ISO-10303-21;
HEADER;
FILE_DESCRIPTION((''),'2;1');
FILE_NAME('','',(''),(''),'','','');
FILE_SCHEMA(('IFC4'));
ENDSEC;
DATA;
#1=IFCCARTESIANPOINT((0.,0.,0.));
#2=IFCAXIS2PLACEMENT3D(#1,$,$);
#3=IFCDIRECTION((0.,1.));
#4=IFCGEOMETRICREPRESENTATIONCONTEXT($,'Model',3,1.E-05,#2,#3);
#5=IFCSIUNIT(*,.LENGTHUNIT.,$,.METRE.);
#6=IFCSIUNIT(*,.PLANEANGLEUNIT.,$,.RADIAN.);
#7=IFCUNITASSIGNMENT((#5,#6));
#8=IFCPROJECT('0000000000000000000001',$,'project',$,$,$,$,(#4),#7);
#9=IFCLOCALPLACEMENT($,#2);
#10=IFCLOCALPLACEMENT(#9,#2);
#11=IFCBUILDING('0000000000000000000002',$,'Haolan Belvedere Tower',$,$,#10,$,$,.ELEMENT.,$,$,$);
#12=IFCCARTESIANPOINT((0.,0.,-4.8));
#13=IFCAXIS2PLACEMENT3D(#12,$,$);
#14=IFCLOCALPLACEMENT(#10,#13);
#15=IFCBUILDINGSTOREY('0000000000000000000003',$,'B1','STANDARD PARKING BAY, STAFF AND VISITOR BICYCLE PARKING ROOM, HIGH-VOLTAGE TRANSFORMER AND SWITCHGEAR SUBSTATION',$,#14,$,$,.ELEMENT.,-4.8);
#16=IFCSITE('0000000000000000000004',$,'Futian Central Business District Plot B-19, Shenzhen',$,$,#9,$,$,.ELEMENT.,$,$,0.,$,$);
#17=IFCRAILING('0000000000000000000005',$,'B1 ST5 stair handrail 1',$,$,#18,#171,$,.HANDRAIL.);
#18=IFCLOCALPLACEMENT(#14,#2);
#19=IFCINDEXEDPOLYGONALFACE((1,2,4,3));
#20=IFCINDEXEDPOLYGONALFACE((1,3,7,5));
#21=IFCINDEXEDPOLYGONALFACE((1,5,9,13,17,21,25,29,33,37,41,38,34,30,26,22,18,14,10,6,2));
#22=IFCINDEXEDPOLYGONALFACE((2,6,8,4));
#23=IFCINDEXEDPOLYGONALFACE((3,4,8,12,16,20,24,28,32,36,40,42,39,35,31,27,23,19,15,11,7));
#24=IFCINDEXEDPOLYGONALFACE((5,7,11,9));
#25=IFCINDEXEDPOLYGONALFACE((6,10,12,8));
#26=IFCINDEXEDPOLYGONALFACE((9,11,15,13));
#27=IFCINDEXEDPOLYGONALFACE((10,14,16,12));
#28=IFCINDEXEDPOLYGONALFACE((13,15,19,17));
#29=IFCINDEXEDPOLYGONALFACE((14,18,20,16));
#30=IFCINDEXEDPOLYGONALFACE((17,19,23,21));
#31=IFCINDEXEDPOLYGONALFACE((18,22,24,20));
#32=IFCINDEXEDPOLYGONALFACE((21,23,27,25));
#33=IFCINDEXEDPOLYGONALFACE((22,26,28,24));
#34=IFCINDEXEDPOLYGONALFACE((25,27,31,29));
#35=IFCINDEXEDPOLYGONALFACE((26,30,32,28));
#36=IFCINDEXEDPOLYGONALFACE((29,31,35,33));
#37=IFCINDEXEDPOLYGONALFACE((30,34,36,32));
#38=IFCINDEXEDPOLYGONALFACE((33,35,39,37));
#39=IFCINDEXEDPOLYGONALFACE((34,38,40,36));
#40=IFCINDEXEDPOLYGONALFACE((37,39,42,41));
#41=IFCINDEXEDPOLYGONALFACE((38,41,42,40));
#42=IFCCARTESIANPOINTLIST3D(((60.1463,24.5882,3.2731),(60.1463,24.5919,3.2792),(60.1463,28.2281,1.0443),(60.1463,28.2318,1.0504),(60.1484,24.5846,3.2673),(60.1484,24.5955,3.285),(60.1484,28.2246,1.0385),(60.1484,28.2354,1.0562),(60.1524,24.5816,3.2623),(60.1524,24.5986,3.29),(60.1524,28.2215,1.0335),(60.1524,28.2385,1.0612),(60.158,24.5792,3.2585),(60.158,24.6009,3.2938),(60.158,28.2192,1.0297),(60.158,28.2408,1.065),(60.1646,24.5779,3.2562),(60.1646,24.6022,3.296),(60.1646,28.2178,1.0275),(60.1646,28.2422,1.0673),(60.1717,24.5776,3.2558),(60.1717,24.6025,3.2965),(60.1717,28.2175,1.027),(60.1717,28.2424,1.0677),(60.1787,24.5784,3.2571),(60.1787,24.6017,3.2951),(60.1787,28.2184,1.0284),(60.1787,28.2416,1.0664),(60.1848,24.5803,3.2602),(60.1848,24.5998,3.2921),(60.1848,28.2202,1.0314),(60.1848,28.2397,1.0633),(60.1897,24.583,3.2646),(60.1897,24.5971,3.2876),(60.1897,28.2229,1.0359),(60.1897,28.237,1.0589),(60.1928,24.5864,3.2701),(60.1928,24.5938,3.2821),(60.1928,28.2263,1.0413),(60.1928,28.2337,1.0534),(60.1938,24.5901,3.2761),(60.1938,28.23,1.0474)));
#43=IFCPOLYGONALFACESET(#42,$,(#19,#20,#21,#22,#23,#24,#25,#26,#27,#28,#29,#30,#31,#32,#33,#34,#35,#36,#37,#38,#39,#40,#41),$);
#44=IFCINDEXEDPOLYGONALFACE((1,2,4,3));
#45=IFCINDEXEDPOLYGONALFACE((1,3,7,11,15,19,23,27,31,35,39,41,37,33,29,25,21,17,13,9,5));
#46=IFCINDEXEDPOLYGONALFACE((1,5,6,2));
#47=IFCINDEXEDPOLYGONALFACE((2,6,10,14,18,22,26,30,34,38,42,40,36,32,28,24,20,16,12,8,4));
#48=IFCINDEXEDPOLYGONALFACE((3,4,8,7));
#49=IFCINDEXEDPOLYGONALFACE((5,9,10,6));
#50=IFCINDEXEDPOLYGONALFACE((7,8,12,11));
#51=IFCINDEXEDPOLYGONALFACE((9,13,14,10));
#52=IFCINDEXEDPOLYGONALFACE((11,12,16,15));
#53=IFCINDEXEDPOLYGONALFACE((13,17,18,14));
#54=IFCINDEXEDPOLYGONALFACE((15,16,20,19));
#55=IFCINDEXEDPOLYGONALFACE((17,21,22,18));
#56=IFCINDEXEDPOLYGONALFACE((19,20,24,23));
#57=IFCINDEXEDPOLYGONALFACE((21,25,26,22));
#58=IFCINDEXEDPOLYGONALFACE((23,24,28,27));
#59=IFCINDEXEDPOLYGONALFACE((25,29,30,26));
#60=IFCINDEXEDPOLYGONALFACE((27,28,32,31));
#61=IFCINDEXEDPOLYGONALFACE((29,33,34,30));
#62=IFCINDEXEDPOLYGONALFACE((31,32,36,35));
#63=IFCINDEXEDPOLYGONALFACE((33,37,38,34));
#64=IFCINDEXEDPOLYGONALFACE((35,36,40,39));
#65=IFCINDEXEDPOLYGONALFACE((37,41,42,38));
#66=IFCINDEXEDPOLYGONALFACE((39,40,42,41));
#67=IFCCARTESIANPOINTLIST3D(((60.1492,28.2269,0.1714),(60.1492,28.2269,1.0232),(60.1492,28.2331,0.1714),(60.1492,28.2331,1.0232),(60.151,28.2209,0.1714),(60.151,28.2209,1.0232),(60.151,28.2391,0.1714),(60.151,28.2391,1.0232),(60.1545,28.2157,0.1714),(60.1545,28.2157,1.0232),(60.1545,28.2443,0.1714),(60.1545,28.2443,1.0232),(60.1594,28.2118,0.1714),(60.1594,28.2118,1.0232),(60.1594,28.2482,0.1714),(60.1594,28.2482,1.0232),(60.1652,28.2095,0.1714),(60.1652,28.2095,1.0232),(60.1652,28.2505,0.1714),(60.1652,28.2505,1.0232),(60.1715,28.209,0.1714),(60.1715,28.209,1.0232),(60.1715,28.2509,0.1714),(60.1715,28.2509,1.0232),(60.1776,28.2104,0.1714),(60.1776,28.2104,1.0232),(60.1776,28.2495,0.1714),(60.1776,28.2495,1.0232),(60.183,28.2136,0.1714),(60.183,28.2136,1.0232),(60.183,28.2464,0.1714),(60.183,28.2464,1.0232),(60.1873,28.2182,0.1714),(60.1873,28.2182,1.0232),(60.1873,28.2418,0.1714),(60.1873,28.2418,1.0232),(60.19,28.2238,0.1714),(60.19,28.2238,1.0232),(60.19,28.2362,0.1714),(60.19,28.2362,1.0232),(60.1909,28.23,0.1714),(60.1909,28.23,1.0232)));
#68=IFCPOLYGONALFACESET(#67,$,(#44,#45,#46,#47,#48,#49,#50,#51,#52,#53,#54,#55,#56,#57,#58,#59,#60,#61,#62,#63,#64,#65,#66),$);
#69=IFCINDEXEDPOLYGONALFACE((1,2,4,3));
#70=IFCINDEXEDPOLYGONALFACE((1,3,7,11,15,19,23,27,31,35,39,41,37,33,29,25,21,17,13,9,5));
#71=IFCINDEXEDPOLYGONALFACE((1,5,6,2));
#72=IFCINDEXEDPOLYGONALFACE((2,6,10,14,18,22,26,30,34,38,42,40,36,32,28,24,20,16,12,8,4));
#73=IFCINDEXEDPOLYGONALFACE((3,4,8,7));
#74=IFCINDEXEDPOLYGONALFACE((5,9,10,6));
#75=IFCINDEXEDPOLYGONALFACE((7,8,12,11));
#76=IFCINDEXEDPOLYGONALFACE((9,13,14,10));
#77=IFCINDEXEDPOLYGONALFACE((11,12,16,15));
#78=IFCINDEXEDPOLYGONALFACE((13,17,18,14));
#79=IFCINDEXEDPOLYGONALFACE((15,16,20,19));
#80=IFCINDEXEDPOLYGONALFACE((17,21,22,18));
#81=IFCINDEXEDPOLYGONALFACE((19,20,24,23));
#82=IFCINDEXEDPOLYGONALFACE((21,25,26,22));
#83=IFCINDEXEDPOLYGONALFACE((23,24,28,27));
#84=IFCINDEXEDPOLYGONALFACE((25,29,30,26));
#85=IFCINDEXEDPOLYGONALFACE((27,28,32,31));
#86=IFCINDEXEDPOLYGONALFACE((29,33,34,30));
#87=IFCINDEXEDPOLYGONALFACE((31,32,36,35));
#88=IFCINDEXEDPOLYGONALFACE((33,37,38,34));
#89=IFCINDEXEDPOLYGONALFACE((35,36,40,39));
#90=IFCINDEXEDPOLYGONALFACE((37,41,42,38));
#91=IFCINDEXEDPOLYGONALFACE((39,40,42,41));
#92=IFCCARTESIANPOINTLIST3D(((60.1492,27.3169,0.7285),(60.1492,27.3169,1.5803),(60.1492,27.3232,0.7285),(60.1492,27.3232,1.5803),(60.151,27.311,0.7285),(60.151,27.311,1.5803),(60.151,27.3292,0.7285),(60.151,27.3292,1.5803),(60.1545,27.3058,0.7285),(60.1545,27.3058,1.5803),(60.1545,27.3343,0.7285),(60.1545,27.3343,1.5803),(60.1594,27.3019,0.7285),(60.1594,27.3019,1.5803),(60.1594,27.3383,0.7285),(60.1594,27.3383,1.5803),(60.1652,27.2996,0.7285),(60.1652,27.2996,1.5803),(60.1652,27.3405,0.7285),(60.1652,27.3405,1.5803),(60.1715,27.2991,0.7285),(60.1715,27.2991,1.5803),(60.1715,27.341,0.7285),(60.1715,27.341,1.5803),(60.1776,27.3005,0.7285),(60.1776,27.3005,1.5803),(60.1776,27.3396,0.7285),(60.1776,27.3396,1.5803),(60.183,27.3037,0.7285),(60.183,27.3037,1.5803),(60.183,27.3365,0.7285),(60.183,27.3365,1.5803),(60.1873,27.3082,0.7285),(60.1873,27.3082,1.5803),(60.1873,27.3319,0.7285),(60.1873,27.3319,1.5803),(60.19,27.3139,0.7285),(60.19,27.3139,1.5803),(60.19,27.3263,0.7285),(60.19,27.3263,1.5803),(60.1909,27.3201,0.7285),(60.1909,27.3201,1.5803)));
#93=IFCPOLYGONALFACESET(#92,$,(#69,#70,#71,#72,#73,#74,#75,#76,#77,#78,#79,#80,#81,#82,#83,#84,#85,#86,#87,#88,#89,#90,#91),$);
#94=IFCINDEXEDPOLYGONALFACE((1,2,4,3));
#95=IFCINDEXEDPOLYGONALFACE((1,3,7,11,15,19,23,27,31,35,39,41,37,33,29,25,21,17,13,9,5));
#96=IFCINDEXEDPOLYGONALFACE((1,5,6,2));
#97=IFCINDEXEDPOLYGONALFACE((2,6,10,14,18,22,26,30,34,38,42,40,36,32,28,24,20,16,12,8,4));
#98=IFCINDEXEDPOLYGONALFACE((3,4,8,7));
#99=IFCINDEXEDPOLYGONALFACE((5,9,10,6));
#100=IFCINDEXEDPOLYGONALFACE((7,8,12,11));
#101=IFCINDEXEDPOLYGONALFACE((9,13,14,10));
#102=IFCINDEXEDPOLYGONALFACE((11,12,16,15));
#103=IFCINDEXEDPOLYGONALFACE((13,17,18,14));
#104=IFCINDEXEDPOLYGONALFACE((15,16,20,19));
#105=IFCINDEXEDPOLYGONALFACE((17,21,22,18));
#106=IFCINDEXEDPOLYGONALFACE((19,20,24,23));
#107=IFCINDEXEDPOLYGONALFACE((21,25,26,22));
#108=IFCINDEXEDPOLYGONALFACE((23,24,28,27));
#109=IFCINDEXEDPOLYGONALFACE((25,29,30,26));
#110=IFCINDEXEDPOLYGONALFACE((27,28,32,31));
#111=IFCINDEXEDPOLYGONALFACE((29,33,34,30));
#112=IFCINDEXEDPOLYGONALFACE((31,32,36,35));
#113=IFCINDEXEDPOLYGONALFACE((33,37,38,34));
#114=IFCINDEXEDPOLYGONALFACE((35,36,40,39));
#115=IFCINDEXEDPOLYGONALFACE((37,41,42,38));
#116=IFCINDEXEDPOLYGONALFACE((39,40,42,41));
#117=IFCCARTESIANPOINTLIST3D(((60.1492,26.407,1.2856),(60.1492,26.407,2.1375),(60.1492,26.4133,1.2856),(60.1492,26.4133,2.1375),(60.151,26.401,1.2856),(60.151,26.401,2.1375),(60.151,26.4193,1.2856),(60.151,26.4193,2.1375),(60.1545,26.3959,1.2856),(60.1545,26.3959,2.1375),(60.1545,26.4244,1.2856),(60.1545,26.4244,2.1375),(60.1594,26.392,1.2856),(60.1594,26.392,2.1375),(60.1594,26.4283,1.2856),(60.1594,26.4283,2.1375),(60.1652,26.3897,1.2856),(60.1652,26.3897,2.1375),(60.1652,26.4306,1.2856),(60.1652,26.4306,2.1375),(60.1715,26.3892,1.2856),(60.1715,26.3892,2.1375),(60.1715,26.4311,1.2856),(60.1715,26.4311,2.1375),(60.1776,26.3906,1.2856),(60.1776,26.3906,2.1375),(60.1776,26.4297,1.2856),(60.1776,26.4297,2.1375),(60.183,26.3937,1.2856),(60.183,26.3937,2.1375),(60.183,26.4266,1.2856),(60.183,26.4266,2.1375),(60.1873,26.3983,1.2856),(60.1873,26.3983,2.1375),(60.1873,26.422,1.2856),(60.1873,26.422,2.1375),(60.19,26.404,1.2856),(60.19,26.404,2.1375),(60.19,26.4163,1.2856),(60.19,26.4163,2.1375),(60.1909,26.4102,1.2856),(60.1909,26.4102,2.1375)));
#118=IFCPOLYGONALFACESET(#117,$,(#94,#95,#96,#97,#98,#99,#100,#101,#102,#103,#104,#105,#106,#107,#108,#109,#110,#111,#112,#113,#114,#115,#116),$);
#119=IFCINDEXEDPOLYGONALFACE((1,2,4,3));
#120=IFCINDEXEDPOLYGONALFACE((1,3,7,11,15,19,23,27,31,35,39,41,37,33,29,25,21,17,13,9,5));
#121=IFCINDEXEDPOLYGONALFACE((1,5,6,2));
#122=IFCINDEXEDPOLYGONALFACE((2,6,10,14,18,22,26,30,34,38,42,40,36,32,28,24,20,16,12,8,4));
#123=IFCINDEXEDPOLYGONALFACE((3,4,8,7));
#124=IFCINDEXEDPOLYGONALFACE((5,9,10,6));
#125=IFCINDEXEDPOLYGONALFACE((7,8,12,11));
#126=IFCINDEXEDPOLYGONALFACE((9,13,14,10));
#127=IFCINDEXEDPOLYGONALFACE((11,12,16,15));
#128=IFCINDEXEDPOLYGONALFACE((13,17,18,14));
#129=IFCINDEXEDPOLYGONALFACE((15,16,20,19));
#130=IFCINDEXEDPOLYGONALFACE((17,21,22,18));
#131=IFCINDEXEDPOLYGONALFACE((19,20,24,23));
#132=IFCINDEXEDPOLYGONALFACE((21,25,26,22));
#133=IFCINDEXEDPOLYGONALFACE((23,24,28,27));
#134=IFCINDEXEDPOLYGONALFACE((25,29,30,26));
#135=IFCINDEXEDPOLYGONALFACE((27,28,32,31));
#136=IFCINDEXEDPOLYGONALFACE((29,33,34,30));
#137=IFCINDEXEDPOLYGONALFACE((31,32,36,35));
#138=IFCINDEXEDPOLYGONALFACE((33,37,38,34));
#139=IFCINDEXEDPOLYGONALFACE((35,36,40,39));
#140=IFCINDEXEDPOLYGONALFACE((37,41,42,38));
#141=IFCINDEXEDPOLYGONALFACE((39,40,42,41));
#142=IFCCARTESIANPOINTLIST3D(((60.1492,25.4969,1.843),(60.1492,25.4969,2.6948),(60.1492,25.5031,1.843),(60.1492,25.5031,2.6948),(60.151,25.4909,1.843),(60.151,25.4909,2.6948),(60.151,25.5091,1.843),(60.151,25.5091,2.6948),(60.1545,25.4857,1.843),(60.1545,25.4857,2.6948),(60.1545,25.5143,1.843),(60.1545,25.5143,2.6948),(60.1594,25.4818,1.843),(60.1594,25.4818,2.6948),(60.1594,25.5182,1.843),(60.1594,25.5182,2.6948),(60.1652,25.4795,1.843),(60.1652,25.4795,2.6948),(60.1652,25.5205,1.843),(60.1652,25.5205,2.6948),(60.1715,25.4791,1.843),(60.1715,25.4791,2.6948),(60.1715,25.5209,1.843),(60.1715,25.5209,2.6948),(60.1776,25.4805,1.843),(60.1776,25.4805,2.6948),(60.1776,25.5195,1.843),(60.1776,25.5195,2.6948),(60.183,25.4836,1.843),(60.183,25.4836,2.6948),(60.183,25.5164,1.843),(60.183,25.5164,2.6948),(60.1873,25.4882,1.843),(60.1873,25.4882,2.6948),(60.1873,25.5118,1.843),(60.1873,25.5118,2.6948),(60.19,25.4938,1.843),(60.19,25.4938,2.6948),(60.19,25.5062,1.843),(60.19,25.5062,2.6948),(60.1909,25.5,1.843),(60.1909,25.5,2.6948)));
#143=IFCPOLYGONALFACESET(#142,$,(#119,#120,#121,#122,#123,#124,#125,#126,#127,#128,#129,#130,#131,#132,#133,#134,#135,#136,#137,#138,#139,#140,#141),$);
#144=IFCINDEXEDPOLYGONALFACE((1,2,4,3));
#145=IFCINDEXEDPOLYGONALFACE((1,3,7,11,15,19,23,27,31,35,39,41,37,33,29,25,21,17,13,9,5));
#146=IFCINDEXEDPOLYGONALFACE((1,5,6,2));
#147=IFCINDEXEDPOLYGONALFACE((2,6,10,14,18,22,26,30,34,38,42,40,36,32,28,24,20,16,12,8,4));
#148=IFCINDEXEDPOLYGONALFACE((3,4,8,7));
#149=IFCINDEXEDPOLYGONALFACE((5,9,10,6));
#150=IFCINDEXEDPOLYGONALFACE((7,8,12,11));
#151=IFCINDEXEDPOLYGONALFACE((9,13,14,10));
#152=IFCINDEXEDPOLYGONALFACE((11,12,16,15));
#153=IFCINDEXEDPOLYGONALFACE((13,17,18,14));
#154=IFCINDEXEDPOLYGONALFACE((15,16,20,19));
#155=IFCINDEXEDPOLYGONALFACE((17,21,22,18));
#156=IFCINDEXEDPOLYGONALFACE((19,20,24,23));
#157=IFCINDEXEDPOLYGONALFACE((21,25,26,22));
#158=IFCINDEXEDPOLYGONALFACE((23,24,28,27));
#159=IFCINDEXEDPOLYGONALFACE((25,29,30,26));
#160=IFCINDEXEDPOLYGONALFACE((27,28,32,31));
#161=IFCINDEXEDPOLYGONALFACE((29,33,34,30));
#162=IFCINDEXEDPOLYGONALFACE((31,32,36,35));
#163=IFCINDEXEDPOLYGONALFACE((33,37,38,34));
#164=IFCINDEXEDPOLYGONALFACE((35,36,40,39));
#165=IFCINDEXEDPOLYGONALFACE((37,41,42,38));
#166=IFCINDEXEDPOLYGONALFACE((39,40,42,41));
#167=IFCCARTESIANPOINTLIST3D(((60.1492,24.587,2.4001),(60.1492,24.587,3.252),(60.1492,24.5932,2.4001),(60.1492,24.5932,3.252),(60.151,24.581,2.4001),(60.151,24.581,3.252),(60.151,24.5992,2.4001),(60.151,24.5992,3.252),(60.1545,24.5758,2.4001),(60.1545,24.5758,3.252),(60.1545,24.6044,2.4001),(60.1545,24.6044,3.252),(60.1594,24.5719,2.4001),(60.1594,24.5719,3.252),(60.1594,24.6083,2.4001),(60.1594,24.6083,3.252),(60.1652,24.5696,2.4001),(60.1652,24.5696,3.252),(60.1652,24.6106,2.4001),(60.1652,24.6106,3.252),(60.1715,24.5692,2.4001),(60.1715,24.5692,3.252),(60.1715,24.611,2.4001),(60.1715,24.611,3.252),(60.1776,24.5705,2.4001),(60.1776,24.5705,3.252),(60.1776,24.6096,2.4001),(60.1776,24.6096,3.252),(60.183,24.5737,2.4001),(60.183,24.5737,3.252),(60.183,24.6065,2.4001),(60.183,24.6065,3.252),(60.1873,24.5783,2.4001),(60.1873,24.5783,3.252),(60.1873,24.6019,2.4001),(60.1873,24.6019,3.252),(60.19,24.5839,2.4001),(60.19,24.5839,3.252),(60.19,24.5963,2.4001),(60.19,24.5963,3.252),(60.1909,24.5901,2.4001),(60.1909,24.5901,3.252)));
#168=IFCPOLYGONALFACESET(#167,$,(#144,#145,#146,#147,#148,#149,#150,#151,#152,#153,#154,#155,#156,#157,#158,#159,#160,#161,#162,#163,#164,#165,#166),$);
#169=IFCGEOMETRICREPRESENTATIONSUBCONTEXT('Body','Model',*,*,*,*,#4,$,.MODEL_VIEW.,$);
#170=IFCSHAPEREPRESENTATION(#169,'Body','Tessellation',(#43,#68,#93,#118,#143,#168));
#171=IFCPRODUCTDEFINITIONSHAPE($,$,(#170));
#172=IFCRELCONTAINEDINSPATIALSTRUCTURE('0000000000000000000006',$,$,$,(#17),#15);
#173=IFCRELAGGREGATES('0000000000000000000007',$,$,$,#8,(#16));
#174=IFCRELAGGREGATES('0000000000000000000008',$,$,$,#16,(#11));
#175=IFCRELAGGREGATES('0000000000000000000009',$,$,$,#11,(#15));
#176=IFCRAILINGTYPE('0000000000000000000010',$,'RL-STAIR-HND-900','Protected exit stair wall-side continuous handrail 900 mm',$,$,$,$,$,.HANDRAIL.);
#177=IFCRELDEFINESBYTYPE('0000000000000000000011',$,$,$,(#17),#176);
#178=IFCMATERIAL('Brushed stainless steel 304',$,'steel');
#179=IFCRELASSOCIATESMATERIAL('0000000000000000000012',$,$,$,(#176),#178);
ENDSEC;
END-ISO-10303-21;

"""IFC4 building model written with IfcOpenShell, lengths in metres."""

from ifc_helpers import new_model, si_unit, direction, frame, origin, origin_2d, place, context, subcontext, project, spatial, circle, extrude, material, type_object, element, save


model = new_model("IFC4")

# Units and contexts
model_context = context("Model", 3, precision=1e-05, world=origin(), true_north=direction((0.0, 1.0)))
body_context = subcontext(model_context, "Body", "Model", "MODEL_VIEW")
ifc_project = project(units=[si_unit("LENGTHUNIT", "METRE"), si_unit("PLANEANGLEUNIT", "RADIAN")], contexts=[model_context])

# Site, building, storey
site_placement = place(None, origin())
site = spatial("IfcSite", under=ifc_project, at=site_placement, Name="Futian Central Business District Plot B-19, Shenzhen", CompositionType="ELEMENT", RefElevation=0.0)
building_placement = place(site_placement, origin())
building = spatial("IfcBuilding", under=site, at=building_placement, Name="Haolan Belvedere Tower", CompositionType="ELEMENT")
storey_placement = place(building_placement, frame((0.0, 0.0, -4.8)))
storey = spatial("IfcBuildingStorey", under=building, at=storey_placement, Name="B1", Description="STANDARD PARKING BAY, STAFF AND VISITOR BICYCLE PARKING ROOM, HIGH-VOLTAGE TRANSFORMER AND SWITCHGEAR SUBSTATION", CompositionType="ELEMENT", Elevation=-4.8)

# Railing
ifc_material_1 = material(Name="Brushed stainless steel 304", Category="steel")
railing_type_1 = type_object("IfcRailingType", Name="RL-STAIR-HND-900", Description="Protected exit stair wall-side continuous handrail 900 mm", PredefinedType="HANDRAIL", material=ifc_material_1)
railing_1_placement = place(storey_placement, frame((60.1699, 28.23, 0.1714)))
element("IfcRailing", 1, at=railing_1_placement, inside=storey, type_object=railing_type_1, Name="B1 ST5 stair handrail 1", PredefinedType="HANDRAIL", context=body_context, shape_type="SweptSolid", body=[
    extrude(circle(Radius=0.0239, at=origin_2d()), frame((0.0, 0.0, 0.876), z_axis=(0.0, -0.852825, 0.522197), x_axis=(1.0, 0.0, 0.0)), (0.0, 0.0, 1.0), 4.2681),
    extrude(circle(Radius=0.021, at=origin_2d()), origin(), (0.0, 0.0, 1.0), 0.8518),
    extrude(circle(Radius=0.021, at=origin_2d()), frame((0.0, -0.9099, 0.5571)), (0.0, 0.0, 1.0), 0.8518),
    extrude(circle(Radius=0.021, at=origin_2d()), frame((0.0, -1.8198, 1.1143)), (0.0, 0.0, 1.0), 0.8518),
    extrude(circle(Radius=0.021, at=origin_2d()), frame((0.0, -2.73, 1.6716)), (0.0, 0.0, 1.0), 0.8518),
    extrude(circle(Radius=0.021, at=origin_2d()), frame((0.0, -3.6399, 2.2288)), (0.0, 0.0, 1.0), 0.8518),
])

save(model, "model.ifc")
